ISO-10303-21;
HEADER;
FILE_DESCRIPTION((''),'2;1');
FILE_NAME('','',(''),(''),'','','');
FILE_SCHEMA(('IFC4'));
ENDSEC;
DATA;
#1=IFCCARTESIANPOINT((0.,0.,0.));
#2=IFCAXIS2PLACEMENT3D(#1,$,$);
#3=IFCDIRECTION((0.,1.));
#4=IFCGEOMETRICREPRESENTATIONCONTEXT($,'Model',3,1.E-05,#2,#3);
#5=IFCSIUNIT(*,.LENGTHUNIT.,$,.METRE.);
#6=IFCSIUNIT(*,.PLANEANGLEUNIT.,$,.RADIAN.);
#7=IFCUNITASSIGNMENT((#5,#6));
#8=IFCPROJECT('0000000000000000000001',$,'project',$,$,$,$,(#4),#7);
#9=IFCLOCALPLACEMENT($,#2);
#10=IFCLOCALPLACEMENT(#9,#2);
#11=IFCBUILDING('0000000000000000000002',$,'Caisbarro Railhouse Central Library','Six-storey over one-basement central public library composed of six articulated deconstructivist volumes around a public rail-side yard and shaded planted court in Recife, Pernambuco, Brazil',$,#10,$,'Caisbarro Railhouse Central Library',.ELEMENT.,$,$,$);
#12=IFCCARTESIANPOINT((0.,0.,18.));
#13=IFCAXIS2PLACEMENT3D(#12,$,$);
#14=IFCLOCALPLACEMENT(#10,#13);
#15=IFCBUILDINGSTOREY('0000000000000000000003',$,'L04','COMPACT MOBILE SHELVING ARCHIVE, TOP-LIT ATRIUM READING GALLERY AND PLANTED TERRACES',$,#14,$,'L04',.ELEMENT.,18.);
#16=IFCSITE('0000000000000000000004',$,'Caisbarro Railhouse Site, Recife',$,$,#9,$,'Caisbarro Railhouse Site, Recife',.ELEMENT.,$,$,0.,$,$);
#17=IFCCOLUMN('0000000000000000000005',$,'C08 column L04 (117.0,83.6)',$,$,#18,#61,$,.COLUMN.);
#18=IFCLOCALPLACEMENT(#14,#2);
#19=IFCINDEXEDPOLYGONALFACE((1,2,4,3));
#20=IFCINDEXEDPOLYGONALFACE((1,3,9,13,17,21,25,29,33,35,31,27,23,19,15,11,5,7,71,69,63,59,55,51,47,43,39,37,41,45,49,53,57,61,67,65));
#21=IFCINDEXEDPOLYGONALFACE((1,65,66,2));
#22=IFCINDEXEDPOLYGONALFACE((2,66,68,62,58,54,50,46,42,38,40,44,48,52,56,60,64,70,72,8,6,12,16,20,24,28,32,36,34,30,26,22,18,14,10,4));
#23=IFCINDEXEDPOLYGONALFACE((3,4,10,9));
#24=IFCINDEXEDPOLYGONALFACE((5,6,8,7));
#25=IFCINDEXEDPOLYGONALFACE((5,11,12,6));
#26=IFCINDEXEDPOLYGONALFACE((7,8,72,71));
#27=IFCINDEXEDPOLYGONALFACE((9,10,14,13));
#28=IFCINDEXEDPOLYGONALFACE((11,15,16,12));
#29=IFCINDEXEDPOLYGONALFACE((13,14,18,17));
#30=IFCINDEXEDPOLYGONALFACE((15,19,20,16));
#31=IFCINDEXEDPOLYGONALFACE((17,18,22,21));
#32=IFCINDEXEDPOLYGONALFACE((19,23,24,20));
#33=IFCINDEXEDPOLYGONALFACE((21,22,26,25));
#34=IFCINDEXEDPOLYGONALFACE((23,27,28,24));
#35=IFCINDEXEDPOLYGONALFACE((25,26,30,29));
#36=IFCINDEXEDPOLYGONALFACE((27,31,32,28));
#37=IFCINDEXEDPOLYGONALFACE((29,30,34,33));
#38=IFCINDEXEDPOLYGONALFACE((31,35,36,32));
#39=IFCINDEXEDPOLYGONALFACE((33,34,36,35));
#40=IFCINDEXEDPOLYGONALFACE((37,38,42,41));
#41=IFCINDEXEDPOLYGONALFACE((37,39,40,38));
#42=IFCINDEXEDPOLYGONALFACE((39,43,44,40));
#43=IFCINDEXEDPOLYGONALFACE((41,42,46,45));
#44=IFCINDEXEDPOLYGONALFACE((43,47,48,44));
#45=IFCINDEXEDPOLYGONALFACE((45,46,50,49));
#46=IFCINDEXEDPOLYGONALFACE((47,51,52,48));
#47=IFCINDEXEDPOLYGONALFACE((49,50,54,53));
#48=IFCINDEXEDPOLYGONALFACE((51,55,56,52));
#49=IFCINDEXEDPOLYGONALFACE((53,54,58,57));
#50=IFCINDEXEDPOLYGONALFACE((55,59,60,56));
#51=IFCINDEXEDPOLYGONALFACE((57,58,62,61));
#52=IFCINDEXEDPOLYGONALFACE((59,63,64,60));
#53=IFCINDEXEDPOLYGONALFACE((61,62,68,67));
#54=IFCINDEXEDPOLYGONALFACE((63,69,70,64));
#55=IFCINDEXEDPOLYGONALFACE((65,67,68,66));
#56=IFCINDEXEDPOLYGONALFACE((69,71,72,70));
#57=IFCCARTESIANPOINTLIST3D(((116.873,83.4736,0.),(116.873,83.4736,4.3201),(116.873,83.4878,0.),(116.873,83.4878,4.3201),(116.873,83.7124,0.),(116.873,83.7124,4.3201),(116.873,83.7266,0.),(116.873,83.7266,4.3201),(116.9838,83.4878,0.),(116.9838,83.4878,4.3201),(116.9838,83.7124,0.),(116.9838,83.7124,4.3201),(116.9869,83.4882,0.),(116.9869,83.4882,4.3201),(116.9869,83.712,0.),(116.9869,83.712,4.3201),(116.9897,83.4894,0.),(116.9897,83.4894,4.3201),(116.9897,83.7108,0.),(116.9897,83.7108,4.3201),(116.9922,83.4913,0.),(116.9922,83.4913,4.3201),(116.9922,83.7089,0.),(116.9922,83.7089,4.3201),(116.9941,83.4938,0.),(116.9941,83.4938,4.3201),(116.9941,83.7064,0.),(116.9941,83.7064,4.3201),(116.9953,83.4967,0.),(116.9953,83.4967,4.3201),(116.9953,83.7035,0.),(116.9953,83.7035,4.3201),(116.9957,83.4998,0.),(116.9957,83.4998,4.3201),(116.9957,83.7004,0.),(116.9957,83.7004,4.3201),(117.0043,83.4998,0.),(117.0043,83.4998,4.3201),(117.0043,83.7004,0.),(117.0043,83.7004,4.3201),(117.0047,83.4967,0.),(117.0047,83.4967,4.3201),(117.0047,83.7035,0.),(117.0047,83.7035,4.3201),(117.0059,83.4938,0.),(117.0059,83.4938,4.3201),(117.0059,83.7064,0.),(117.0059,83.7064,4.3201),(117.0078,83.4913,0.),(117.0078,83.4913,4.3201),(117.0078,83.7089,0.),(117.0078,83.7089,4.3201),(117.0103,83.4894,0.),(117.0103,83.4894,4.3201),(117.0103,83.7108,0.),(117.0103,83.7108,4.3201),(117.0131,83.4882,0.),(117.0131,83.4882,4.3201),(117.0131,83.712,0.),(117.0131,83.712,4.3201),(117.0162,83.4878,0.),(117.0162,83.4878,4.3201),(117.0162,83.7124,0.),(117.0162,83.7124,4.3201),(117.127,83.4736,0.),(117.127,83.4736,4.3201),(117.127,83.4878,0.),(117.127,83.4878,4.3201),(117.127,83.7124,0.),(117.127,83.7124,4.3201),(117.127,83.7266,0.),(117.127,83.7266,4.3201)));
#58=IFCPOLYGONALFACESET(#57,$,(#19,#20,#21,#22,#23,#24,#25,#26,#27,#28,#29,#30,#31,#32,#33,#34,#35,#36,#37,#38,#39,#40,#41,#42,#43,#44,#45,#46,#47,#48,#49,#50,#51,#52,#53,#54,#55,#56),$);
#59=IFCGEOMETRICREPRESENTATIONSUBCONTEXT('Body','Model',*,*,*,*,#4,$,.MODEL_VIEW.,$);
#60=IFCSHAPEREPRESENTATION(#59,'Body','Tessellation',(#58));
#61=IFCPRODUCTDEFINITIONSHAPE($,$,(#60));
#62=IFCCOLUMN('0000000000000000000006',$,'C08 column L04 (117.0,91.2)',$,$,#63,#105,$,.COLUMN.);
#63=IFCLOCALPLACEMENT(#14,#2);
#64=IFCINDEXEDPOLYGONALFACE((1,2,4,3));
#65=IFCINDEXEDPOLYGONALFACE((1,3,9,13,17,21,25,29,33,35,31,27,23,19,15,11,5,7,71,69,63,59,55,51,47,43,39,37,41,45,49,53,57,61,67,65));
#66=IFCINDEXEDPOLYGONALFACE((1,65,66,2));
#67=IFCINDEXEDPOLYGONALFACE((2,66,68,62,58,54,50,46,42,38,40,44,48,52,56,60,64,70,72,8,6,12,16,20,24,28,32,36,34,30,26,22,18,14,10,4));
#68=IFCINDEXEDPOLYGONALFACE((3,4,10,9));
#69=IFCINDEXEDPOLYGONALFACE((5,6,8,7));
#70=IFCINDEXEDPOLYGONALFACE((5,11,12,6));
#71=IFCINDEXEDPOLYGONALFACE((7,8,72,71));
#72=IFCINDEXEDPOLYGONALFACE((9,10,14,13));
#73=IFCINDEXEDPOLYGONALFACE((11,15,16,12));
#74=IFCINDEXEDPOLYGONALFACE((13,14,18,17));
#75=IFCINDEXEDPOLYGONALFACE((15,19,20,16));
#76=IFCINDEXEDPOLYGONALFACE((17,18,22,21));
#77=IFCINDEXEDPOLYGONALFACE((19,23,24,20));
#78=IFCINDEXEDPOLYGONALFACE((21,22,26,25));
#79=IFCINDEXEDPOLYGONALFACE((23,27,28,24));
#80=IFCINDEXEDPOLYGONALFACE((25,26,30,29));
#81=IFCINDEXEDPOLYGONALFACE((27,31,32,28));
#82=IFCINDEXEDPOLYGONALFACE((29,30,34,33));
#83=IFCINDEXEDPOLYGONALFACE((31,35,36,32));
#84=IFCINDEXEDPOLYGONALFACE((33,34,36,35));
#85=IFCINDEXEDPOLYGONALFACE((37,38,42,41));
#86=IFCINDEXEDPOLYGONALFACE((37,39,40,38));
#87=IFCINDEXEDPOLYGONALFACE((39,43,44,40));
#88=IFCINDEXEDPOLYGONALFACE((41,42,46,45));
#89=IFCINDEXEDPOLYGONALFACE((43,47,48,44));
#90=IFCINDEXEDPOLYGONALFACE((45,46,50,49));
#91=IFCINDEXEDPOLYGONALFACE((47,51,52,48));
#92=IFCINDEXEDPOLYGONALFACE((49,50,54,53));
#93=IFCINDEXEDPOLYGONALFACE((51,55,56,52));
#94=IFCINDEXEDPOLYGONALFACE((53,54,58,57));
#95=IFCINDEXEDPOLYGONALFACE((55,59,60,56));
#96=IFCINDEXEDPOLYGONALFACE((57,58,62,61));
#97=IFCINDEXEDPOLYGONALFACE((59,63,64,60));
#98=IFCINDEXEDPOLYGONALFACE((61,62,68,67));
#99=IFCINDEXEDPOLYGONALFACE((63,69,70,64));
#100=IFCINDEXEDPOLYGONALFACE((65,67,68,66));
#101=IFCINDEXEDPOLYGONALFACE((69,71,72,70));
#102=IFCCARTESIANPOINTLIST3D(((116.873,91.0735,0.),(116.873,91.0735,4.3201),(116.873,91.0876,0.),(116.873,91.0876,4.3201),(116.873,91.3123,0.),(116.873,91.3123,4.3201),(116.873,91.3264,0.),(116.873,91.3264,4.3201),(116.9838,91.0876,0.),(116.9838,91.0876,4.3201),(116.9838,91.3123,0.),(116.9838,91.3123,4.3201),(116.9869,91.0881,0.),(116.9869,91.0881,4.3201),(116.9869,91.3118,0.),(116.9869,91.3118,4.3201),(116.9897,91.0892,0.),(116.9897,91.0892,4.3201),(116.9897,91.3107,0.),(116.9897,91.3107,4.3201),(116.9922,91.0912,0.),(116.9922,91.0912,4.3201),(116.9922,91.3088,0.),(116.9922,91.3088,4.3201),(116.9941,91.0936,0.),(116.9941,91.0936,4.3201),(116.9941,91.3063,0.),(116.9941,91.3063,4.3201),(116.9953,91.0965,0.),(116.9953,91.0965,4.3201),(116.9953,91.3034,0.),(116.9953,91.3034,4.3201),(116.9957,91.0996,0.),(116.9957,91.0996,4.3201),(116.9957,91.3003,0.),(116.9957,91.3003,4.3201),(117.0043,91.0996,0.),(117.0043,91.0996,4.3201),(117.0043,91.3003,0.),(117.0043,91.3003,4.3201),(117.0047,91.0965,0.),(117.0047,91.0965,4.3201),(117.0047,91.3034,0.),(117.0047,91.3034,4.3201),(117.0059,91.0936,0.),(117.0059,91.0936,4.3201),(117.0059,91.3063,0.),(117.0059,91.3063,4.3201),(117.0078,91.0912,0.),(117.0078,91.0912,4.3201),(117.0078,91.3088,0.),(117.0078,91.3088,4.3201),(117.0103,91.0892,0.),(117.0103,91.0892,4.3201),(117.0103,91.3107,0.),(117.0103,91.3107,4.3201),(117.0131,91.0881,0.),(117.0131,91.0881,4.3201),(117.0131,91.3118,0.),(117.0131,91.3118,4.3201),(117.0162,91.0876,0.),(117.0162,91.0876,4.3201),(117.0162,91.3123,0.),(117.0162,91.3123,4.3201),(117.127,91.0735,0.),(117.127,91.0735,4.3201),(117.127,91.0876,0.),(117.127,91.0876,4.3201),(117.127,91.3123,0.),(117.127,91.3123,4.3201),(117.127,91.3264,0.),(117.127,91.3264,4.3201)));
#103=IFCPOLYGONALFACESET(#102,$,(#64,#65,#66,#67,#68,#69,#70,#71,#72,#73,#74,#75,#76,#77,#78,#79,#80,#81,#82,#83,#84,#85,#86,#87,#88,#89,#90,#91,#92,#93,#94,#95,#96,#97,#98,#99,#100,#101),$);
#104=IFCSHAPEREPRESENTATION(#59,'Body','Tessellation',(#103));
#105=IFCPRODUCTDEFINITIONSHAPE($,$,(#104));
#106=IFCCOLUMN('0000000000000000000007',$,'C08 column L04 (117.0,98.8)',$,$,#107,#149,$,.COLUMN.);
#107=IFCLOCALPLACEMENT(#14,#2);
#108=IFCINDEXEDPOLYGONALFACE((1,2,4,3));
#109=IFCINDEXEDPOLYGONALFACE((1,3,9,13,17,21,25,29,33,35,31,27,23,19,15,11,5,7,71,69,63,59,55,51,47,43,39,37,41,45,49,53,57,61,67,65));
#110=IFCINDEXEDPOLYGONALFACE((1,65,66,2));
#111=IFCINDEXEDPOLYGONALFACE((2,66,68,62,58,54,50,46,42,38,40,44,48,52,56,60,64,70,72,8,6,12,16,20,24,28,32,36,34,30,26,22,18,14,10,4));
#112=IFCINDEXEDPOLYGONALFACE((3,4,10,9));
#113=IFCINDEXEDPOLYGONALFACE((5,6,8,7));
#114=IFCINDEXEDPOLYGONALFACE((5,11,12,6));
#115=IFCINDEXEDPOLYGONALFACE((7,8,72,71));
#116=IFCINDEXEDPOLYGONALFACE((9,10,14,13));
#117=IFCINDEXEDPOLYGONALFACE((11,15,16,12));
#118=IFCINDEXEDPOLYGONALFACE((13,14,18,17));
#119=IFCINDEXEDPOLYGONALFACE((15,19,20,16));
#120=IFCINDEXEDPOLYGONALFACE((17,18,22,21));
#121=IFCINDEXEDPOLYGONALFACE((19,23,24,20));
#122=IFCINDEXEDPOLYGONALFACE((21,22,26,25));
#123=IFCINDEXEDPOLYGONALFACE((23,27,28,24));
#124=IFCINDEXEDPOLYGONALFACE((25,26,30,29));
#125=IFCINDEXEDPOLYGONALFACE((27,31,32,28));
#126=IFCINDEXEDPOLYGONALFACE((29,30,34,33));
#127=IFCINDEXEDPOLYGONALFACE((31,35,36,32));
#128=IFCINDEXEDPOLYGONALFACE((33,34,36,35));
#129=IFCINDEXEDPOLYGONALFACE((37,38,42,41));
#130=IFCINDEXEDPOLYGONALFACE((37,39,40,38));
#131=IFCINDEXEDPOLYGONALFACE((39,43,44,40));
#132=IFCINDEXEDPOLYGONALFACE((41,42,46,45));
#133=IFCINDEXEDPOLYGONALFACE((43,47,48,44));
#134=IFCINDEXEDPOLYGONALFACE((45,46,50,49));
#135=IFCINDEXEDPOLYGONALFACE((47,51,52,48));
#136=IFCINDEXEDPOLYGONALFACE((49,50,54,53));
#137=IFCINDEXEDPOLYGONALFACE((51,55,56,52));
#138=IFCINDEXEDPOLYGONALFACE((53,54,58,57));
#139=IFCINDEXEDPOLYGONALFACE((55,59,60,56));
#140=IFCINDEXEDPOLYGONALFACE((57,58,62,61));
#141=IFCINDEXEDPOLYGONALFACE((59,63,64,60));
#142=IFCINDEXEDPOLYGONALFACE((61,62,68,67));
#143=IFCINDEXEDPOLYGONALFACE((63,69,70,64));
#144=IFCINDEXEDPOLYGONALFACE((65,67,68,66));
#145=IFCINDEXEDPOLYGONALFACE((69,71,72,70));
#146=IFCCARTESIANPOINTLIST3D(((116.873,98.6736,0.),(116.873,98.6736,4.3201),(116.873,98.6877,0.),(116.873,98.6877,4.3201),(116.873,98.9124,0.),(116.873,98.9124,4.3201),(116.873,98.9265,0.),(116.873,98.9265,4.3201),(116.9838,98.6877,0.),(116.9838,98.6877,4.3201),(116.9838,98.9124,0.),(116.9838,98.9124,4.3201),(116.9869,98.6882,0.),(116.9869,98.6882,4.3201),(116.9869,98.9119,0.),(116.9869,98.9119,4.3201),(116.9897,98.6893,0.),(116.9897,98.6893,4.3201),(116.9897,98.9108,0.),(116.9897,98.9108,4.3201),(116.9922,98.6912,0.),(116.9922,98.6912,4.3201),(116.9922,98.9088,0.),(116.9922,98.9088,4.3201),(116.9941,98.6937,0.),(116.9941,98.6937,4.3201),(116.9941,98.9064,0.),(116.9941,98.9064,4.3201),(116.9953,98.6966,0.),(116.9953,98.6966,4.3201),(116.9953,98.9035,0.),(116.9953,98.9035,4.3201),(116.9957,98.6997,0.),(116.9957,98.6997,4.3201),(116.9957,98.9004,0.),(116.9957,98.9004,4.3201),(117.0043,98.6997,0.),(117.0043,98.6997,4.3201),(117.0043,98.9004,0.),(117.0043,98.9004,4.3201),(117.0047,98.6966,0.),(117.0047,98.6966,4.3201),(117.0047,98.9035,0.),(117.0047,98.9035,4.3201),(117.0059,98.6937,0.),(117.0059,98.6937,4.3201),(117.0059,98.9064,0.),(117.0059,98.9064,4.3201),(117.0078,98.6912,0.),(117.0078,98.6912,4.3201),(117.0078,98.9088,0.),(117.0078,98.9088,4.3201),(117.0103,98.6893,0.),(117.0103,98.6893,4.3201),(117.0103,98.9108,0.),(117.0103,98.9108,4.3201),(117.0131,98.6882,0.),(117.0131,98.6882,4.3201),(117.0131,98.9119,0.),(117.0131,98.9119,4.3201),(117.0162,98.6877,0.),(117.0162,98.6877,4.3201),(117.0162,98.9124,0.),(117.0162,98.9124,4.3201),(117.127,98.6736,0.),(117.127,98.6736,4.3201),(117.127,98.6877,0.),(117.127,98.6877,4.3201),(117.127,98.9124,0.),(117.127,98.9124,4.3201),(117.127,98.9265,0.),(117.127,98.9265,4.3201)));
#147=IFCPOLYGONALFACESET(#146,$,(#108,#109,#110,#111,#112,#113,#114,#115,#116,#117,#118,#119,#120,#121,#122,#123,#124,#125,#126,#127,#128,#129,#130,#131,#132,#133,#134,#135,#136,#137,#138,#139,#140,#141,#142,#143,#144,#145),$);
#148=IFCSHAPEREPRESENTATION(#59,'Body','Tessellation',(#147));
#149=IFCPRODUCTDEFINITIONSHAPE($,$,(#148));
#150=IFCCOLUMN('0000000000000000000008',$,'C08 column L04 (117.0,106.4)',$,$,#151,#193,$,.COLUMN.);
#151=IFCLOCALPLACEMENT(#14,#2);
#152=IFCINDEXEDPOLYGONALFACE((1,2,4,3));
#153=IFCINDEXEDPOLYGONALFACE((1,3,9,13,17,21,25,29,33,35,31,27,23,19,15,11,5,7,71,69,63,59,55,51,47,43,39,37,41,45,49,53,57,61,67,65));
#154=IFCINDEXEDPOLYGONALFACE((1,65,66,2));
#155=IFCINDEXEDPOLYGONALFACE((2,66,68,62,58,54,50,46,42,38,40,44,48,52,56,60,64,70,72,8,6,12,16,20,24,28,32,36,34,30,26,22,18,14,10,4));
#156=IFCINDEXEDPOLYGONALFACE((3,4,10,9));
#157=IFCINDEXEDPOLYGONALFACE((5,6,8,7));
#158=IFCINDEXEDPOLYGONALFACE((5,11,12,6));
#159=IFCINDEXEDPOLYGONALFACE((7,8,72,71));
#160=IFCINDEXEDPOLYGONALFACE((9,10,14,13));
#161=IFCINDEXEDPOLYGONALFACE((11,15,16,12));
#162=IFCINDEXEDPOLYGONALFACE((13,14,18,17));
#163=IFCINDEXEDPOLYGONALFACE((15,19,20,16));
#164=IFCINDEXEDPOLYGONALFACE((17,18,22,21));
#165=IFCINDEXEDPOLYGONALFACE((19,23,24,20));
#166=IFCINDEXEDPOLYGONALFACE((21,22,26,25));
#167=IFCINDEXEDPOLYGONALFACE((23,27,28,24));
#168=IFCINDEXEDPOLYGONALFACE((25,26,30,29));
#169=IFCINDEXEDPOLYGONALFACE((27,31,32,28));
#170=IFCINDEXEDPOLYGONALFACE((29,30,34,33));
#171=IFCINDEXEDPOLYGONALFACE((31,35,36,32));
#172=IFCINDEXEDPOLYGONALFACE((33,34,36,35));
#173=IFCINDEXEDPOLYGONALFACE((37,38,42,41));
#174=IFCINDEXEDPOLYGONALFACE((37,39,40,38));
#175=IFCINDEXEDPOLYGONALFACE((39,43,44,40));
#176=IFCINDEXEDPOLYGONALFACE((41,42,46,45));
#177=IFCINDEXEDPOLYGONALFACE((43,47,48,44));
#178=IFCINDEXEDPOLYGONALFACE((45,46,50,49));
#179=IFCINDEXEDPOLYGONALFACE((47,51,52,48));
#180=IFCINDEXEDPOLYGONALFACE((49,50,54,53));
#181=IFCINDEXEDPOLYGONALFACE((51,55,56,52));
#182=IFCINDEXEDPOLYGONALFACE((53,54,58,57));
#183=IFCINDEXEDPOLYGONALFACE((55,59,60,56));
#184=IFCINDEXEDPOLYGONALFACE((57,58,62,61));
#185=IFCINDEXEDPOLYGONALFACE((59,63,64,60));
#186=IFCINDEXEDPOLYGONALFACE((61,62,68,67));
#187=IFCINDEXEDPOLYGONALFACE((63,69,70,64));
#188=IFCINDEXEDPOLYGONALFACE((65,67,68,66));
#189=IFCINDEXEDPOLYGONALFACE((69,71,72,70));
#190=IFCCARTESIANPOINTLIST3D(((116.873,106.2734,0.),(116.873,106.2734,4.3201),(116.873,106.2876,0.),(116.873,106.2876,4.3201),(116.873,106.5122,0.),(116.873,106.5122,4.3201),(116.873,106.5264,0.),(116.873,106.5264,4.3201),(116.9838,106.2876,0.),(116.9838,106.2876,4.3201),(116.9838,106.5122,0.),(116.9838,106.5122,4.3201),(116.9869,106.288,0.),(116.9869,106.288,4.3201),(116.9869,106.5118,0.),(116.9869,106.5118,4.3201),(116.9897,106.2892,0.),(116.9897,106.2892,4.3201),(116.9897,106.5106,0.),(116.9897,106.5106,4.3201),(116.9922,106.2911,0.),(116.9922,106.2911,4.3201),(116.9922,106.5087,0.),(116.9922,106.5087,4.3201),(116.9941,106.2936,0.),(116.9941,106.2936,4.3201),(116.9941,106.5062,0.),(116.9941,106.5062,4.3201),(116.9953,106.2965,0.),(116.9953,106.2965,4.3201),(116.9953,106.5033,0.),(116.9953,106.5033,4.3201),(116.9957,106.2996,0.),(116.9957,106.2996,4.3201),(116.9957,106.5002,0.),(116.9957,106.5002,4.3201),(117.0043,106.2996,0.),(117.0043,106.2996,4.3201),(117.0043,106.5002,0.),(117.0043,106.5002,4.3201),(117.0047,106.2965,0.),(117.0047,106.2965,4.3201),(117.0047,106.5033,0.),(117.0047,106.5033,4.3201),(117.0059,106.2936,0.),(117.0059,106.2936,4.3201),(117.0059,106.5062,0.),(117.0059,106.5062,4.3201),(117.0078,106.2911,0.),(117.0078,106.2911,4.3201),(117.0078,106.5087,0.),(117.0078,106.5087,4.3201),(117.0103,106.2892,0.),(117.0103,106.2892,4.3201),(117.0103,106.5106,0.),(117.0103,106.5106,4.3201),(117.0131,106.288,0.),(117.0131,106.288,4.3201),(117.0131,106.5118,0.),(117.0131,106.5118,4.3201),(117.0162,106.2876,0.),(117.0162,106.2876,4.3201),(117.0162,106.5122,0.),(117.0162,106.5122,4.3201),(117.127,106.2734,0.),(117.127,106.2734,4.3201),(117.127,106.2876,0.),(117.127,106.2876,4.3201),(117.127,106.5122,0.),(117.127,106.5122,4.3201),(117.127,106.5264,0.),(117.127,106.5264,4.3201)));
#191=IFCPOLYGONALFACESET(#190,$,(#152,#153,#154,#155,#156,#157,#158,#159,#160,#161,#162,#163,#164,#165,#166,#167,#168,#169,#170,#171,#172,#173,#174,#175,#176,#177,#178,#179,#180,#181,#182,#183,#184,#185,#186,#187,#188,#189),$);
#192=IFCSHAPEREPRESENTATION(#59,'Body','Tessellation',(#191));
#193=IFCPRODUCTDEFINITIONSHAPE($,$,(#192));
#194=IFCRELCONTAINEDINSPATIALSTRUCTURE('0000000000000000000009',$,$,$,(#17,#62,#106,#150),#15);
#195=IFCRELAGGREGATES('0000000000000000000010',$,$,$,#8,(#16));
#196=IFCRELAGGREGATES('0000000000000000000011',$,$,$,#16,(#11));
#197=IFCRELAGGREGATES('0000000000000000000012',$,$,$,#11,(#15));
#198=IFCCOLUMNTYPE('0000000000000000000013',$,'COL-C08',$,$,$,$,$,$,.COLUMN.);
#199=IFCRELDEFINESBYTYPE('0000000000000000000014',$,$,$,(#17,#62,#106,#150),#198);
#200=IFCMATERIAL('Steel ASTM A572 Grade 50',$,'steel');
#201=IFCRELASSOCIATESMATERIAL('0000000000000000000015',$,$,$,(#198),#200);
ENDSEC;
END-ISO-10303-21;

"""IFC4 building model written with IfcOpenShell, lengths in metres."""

from ifc_helpers import new_model, si_unit, direction, frame, origin, origin_2d, place, context, subcontext, project, spatial, i_section, extrude, material, material_profile, profile_set, type_object, element, save


model = new_model("IFC4")

# Units and contexts
model_context = context("Model", 3, precision=1e-05, world=origin(), true_north=direction((0.0, 1.0)))
body_context = subcontext(model_context, "Body", "Model", "MODEL_VIEW")
ifc_project = project(units=[si_unit("LENGTHUNIT", "METRE"), si_unit("PLANEANGLEUNIT", "RADIAN")], contexts=[model_context])

# Site, building, storey
site_placement = place(None, origin())
site = spatial("IfcSite", under=ifc_project, at=site_placement, Name="Caisbarro Railhouse Site, Recife", LongName="Caisbarro Railhouse Site, Recife", CompositionType="ELEMENT", RefElevation=0.0)
building_placement = place(site_placement, origin())
building = spatial("IfcBuilding", under=site, at=building_placement, Name="Caisbarro Railhouse Central Library", Description="Six-storey over one-basement central public library composed of six articulated deconstructivist volumes around a public rail-side yard and shaded planted court in Recife, Pernambuco, Brazil", LongName="Caisbarro Railhouse Central Library", CompositionType="ELEMENT")
storey_placement = place(building_placement, frame((0.0, 0.0, 18.0)))
storey = spatial("IfcBuildingStorey", under=building, at=storey_placement, Name="L04", Description="COMPACT MOBILE SHELVING ARCHIVE, TOP-LIT ATRIUM READING GALLERY AND PLANTED TERRACES", LongName="L04", CompositionType="ELEMENT", Elevation=18.0)

# Columns
ifc_material_1 = material(Name="Steel ASTM A572 Grade 50", Category="steel")
ifc_material_profile_1 = material_profile(ifc_material_1, i_section(OverallWidth=0.2539, OverallDepth=0.2529, WebThickness=0.0085, FlangeThickness=0.0142, FilletRadius=0.012, at=origin_2d()), Name="W250X73.0")
ifc_profile_set_1 = profile_set([ifc_material_profile_1], Name="Steel ASTM A572 Grade 50")
column_type = type_object("IfcColumnType", Name="COL-C08", PredefinedType="COLUMN", material=ifc_profile_set_1)
for number, where, z_axis, x_axis, name in (
    (1, (117.0, 83.6001, 0.0), (0.0, 0.0, 1.0), (1.0, 0.0, 0.0), "C08 column L04 (117.0,83.6)"),
    (2, (117.0, 91.2, 0.0), (0.0, 0.0, 1.0), (1.0, 0.0, 0.0), "C08 column L04 (117.0,91.2)"),
    (3, (117.0, 98.8, 0.0), (0.0, 0.0, 1.0), (1.0, 0.0, 0.0), "C08 column L04 (117.0,98.8)"),
    (4, (117.0, 106.3999, 0.0), (0.0, 0.0, 1.0), (1.0, 0.0, 0.0), "C08 column L04 (117.0,106.4)"),
):
    element("IfcColumn", number, at=place(storey_placement, frame(where, z_axis=z_axis, x_axis=x_axis)), inside=storey, type_object=column_type, Name=name, PredefinedType="COLUMN", context=body_context, shape_type="SweptSolid", body=[
        extrude(i_section(OverallWidth=0.2539, OverallDepth=0.2529, WebThickness=0.0085, FlangeThickness=0.0142, FilletRadius=0.012, at=origin_2d()), origin(), (0.0, 0.0, 1.0), 4.3201),
    ])

save(model, "model.ifc")
